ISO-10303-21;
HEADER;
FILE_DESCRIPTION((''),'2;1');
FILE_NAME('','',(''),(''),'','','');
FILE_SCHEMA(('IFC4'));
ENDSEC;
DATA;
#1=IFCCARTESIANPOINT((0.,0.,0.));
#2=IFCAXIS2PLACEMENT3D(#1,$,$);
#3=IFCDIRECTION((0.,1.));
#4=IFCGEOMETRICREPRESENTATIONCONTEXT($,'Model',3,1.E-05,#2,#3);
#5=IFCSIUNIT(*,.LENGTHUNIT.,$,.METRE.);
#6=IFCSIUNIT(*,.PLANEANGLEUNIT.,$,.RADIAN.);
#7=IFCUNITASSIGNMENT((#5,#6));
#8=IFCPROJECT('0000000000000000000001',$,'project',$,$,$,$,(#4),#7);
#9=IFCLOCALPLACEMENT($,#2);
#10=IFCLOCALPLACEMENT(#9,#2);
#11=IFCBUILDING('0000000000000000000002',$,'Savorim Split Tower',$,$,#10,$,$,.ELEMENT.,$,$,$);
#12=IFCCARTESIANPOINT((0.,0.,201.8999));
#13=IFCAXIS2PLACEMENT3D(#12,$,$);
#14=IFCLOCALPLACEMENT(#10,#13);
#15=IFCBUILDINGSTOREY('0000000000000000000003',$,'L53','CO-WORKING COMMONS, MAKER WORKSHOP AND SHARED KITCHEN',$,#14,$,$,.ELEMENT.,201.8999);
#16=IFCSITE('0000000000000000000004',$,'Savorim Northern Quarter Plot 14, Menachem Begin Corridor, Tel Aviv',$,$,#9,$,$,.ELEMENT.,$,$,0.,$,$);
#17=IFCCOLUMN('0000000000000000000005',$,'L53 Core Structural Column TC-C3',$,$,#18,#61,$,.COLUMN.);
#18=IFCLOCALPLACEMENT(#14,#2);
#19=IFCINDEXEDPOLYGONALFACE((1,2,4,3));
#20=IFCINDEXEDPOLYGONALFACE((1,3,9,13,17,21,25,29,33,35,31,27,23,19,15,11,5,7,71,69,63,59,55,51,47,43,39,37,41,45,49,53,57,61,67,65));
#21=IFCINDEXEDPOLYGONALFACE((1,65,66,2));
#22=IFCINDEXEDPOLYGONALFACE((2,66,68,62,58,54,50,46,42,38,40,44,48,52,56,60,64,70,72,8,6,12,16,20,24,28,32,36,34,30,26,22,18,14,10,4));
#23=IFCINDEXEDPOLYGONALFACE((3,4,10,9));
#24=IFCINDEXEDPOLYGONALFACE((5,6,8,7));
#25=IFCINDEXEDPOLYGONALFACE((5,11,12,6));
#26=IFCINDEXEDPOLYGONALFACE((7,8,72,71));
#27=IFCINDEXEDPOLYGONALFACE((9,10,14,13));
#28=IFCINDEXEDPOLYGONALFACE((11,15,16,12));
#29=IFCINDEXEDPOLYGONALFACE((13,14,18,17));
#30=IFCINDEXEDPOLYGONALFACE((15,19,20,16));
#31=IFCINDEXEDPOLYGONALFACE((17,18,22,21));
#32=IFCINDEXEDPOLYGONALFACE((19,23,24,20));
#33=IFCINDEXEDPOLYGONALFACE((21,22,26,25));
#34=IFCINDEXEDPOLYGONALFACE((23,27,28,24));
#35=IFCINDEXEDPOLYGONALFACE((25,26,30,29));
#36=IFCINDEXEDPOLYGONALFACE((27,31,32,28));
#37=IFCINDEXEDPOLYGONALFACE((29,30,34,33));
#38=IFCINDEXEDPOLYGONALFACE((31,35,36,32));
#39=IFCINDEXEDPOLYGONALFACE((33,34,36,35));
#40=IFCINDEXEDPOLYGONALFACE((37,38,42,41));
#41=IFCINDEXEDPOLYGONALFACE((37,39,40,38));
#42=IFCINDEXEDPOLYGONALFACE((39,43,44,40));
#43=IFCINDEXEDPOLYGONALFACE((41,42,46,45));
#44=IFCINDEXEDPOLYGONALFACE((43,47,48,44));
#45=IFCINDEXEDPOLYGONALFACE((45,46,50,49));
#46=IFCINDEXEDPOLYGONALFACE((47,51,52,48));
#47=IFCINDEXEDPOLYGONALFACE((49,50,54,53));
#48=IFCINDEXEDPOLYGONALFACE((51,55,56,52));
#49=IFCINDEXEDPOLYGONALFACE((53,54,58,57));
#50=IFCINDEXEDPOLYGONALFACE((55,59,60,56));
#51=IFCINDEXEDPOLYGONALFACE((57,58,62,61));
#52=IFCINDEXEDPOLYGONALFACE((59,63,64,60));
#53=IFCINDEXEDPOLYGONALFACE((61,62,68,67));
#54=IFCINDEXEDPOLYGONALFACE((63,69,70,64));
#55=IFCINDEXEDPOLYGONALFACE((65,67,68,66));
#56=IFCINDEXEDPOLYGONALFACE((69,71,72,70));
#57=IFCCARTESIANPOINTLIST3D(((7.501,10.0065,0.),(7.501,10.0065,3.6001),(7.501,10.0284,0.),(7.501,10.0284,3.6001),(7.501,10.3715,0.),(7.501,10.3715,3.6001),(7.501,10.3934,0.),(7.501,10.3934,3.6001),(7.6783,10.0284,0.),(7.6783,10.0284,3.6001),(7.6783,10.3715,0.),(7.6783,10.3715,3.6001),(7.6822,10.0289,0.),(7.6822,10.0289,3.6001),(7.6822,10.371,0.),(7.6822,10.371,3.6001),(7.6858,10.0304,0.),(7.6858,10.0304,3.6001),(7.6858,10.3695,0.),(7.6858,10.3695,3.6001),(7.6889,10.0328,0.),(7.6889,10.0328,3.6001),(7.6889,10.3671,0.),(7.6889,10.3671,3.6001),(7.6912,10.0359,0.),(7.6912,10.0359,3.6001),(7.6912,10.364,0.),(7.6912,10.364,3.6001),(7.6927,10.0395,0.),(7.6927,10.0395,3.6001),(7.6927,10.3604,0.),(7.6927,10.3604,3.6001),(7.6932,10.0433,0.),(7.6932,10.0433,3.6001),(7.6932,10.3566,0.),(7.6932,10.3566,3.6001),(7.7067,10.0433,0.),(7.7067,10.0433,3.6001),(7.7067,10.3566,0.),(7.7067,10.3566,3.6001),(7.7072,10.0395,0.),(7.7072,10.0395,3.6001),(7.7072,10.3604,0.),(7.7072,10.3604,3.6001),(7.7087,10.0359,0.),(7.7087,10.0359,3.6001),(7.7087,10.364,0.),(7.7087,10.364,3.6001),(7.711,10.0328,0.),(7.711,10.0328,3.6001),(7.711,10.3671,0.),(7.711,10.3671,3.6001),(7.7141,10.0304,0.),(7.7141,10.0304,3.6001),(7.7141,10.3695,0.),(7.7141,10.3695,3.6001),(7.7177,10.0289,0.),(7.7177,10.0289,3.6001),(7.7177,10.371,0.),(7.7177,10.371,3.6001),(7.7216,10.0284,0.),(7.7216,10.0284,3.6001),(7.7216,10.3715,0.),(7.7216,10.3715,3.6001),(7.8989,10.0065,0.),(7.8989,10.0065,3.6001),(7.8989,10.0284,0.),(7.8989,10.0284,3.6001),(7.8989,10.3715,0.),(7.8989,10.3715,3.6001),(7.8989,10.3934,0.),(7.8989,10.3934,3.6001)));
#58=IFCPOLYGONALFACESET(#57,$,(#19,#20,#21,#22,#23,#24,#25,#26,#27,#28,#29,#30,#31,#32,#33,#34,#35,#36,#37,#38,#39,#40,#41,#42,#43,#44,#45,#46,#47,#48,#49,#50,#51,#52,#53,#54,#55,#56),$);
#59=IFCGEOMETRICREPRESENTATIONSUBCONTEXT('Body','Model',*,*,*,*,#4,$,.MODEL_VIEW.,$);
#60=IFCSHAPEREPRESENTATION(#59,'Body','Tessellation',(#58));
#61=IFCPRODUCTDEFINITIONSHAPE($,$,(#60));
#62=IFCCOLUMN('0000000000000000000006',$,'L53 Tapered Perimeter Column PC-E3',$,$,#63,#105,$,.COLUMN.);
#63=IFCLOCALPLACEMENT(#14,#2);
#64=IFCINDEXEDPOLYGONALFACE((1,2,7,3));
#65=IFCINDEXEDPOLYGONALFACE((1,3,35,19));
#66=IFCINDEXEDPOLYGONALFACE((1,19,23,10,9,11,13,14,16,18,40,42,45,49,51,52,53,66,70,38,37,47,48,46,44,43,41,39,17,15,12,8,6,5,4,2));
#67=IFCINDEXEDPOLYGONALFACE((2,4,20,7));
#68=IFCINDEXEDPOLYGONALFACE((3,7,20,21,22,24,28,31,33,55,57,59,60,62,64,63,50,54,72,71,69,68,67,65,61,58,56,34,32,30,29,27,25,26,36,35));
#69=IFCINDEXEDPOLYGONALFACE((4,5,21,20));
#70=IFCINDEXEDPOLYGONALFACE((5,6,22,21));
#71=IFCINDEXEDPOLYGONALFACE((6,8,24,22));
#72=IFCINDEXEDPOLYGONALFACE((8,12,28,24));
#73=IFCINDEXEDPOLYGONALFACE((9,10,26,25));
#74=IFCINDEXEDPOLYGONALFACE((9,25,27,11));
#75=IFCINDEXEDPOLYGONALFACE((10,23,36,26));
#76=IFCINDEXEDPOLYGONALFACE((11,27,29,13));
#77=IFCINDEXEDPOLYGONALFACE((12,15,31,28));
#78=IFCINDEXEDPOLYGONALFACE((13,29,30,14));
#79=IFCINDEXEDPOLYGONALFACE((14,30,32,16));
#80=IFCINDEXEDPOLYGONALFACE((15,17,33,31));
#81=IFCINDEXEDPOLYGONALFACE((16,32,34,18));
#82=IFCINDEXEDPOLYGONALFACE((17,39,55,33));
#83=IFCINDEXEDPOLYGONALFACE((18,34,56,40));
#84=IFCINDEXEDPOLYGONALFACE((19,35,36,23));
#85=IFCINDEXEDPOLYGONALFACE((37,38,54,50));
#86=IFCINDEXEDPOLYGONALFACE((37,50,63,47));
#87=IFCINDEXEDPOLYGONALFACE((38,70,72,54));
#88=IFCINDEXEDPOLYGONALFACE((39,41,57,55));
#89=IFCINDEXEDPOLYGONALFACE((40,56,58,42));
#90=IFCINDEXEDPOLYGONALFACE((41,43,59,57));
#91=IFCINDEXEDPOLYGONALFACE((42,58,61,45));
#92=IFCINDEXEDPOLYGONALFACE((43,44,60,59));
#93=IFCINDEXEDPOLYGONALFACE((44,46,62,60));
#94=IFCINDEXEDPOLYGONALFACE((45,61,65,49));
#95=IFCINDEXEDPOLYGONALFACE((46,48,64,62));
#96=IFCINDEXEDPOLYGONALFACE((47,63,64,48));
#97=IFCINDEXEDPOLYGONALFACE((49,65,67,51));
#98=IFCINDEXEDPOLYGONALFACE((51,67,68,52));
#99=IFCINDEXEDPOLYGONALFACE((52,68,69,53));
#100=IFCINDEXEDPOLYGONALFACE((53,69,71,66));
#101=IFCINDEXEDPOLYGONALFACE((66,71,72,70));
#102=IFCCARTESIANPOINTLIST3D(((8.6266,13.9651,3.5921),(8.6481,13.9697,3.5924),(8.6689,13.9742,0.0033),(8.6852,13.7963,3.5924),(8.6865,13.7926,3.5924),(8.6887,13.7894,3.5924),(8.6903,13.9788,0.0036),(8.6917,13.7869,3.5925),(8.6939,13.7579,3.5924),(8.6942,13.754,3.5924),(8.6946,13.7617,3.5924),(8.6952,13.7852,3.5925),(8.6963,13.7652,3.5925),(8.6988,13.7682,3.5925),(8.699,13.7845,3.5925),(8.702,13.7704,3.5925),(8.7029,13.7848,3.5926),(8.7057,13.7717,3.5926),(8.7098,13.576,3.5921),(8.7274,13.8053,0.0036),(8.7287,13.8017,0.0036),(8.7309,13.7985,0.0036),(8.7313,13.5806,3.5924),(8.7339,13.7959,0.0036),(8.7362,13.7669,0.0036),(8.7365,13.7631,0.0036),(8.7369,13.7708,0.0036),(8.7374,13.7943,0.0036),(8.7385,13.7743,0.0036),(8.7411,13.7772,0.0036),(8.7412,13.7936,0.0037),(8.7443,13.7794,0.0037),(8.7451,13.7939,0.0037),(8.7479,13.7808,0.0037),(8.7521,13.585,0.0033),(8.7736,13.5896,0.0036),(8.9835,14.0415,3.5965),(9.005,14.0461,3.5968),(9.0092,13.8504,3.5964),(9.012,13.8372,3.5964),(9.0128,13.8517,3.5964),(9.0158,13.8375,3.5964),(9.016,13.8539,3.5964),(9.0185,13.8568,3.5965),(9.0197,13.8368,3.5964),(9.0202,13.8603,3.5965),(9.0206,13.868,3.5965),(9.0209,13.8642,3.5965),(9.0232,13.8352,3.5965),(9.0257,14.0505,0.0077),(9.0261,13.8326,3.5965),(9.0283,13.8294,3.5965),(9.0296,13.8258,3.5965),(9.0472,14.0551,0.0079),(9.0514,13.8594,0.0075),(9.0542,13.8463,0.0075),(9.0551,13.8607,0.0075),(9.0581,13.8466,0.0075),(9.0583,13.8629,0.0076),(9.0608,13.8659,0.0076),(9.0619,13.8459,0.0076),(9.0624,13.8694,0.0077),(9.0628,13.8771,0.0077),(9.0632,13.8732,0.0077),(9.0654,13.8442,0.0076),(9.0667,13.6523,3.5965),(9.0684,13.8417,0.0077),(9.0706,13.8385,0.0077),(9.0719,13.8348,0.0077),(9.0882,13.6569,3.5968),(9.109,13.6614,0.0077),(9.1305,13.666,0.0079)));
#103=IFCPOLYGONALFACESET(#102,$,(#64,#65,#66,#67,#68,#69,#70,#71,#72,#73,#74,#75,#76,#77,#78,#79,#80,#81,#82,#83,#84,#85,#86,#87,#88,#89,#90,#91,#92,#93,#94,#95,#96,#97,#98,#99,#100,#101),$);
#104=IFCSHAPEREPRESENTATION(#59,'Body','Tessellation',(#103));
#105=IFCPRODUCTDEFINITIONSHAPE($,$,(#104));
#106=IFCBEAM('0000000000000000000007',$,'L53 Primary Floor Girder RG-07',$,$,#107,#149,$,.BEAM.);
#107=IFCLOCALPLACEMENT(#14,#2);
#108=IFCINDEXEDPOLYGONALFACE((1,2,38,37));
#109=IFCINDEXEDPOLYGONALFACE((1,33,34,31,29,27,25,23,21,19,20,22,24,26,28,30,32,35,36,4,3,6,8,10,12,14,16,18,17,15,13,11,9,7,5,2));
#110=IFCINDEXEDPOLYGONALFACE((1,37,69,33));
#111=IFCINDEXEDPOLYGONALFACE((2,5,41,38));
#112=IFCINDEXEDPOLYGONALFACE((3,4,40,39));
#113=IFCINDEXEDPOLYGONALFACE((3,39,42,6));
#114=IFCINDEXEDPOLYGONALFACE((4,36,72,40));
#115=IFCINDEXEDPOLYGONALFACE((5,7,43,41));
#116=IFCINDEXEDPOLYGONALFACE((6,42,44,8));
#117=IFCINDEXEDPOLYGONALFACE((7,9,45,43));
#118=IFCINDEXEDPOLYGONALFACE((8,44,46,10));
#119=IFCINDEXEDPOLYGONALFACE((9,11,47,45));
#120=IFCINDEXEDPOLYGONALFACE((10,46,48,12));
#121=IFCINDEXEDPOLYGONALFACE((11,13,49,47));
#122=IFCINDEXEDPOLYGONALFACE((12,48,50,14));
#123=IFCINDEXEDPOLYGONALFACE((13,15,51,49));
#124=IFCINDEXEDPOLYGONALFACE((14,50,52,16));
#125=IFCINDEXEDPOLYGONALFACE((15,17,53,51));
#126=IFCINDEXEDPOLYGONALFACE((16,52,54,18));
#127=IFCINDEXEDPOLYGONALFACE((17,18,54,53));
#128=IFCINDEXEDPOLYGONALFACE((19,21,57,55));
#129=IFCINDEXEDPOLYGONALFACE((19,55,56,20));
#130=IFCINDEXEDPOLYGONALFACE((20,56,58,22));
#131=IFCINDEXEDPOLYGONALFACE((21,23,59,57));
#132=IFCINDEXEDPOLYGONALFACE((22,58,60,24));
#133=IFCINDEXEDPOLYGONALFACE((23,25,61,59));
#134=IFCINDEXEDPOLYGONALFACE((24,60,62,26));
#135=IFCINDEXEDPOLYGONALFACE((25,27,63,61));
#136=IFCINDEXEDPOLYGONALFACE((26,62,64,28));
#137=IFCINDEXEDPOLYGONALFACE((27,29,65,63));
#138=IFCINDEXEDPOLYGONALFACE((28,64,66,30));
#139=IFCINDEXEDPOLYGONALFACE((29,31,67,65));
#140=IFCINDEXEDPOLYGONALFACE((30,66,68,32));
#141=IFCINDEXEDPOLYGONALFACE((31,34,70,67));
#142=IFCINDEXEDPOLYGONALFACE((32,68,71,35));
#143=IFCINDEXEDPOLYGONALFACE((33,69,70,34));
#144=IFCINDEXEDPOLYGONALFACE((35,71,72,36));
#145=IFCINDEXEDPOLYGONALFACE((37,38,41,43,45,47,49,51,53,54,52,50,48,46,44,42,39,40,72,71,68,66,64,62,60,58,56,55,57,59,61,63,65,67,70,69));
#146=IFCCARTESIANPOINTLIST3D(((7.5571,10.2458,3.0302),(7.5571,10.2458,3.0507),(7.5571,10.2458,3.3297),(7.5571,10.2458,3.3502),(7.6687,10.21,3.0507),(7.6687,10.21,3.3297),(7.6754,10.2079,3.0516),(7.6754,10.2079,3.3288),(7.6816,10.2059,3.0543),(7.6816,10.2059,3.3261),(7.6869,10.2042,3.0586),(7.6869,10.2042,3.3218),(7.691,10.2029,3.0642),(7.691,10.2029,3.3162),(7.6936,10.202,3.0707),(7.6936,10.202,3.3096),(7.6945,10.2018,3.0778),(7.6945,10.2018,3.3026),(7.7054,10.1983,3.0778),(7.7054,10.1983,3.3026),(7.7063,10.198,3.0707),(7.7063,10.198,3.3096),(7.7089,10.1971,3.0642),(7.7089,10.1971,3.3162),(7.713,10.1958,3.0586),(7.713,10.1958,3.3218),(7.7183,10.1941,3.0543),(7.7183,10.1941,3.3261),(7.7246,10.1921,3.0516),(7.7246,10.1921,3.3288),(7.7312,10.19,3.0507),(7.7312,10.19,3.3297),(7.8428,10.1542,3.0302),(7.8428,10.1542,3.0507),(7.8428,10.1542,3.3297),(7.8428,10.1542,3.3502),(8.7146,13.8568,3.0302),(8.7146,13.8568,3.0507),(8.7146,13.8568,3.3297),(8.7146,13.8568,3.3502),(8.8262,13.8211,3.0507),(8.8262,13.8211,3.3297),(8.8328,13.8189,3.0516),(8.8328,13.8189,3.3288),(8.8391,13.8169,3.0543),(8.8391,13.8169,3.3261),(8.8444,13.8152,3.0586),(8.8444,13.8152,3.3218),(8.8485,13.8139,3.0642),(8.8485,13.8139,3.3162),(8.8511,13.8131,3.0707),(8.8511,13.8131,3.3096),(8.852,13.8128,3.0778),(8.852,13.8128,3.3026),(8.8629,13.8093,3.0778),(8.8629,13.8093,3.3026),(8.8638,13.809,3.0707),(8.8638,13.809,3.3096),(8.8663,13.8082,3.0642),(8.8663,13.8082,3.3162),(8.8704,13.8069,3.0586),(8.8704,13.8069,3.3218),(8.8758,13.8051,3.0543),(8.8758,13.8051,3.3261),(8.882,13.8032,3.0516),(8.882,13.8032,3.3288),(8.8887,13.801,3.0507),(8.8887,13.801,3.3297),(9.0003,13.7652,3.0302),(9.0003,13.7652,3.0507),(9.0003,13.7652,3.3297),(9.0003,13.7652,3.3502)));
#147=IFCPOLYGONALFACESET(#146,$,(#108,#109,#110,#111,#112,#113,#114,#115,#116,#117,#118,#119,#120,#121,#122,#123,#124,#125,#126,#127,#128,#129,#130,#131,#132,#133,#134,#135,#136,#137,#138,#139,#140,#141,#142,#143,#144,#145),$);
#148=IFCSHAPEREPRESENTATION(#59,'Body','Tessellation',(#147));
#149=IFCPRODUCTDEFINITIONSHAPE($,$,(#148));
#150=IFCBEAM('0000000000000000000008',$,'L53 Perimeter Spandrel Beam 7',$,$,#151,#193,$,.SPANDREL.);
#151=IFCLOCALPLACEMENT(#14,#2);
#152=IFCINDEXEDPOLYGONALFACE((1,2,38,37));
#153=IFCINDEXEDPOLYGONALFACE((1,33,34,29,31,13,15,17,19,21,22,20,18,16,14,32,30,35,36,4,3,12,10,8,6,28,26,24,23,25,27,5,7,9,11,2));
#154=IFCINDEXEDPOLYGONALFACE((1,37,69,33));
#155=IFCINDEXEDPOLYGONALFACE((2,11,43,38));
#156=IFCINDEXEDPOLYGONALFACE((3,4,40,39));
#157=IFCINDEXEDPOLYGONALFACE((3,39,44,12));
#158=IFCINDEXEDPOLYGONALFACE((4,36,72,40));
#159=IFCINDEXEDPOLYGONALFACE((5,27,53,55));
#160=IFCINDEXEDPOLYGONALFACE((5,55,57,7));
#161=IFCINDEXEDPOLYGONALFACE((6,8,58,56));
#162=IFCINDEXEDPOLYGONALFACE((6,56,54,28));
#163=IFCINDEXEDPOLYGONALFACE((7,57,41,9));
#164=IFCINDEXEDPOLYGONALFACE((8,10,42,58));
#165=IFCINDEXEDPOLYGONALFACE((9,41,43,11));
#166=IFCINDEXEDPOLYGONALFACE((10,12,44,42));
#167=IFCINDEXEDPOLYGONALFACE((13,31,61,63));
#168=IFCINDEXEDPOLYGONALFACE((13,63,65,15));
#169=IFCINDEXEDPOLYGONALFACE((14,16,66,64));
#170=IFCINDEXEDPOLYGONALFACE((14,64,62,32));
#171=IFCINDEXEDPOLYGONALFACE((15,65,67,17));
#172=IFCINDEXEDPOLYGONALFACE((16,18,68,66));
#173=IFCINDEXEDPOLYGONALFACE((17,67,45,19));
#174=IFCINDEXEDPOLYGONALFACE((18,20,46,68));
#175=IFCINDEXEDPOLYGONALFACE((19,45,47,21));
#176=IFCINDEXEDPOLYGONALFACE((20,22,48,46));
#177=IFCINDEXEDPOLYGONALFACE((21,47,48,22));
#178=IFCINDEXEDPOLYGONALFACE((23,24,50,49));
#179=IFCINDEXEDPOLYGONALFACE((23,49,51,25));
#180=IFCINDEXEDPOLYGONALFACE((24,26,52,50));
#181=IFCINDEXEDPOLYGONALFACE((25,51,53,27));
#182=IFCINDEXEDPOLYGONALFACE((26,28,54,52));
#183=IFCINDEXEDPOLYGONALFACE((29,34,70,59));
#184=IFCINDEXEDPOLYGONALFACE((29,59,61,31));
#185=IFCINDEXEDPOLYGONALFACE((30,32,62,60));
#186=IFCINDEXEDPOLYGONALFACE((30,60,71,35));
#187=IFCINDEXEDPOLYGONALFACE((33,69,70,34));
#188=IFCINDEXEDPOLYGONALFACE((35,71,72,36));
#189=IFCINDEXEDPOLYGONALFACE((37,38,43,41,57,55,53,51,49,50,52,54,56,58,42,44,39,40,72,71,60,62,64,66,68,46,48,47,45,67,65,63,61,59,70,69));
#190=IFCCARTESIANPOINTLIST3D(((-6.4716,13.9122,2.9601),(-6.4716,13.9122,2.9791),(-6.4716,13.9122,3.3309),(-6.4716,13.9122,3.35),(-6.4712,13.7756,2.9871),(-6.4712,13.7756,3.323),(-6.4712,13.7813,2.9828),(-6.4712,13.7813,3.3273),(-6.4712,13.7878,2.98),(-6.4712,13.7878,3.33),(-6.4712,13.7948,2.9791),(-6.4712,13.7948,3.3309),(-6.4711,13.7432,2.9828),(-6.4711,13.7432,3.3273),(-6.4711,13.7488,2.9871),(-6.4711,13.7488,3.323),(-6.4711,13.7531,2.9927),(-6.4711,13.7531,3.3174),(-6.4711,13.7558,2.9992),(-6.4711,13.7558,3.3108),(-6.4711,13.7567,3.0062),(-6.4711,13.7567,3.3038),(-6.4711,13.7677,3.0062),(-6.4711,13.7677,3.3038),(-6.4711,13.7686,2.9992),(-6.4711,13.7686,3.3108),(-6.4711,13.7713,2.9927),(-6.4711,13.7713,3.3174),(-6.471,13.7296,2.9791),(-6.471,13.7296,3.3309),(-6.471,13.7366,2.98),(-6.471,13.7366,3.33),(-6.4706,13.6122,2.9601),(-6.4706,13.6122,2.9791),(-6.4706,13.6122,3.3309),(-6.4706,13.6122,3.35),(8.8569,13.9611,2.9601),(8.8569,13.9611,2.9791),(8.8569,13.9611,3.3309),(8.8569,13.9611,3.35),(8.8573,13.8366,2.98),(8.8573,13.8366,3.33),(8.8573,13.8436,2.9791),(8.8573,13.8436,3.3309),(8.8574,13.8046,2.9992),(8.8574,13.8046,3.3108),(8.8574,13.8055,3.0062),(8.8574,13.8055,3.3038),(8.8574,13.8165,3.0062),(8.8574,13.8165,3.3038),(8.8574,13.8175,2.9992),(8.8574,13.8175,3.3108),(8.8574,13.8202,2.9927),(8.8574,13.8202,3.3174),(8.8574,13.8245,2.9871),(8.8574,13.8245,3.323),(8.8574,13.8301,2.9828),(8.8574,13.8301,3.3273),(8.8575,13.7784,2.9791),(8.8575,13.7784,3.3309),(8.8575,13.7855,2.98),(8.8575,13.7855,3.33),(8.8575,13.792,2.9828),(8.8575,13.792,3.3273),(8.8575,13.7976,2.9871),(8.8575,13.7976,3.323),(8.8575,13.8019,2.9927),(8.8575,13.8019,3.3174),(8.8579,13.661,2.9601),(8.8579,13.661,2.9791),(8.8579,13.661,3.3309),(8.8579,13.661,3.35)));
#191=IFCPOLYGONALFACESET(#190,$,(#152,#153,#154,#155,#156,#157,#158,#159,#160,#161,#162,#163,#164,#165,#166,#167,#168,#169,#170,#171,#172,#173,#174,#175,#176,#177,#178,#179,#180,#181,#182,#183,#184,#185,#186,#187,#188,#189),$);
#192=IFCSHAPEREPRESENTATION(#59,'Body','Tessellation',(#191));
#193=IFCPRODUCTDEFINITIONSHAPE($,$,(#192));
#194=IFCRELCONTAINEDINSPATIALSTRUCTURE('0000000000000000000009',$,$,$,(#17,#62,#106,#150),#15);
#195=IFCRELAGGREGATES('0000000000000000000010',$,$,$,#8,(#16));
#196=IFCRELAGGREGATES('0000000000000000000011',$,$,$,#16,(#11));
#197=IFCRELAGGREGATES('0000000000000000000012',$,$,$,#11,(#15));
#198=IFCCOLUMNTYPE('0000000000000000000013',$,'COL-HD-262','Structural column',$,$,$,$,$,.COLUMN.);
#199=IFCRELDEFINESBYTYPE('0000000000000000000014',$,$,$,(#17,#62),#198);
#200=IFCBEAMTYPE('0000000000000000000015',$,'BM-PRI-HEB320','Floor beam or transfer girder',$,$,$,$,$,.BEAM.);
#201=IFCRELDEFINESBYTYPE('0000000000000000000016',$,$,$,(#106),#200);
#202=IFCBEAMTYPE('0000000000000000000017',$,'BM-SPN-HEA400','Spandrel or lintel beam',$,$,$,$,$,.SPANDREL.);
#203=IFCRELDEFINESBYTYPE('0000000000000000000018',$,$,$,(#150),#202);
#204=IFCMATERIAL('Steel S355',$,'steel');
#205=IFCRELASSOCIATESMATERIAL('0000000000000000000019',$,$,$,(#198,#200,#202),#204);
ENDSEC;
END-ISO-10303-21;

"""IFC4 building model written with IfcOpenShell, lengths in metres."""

from ifc_helpers import new_model, si_unit, direction, frame, origin, origin_2d, place, context, subcontext, project, spatial, i_section, extrude, material, material_profile, profile_set, type_object, element, save


model = new_model("IFC4")

# Units and contexts
model_context = context("Model", 3, precision=1e-05, world=origin(), true_north=direction((0.0, 1.0)))
body_context = subcontext(model_context, "Body", "Model", "MODEL_VIEW")
ifc_project = project(units=[si_unit("LENGTHUNIT", "METRE"), si_unit("PLANEANGLEUNIT", "RADIAN")], contexts=[model_context])

# Site, building, storey
site_placement = place(None, origin())
site = spatial("IfcSite", under=ifc_project, at=site_placement, Name="Savorim Northern Quarter Plot 14, Menachem Begin Corridor, Tel Aviv", CompositionType="ELEMENT", RefElevation=0.0)
building_placement = place(site_placement, origin())
building = spatial("IfcBuilding", under=site, at=building_placement, Name="Savorim Split Tower", CompositionType="ELEMENT")
storey_placement = place(building_placement, frame((0.0, 0.0, 201.8999)))
storey = spatial("IfcBuildingStorey", under=building, at=storey_placement, Name="L53", Description="CO-WORKING COMMONS, MAKER WORKSHOP AND SHARED KITCHEN", CompositionType="ELEMENT", Elevation=201.8999)

# Columns
ifc_material_1 = material(Name="Steel S355", Category="steel")
ifc_material_profile_1 = material_profile(ifc_material_1, i_section(OverallWidth=0.3979, OverallDepth=0.387, WebThickness=0.0134, FlangeThickness=0.022, FilletRadius=0.0149, at=origin_2d()), Name="HD 400x262")
ifc_profile_set_1 = profile_set([ifc_material_profile_1], Name="Steel S355")
column_type = type_object("IfcColumnType", Name="COL-HD-262", Description="Structural column", PredefinedType="COLUMN", material=ifc_profile_set_1)
column_1_placement = place(storey_placement, frame((7.7, 10.2, 0.0), z_axis=(0.0, 0.0, 1.0), x_axis=(1.0, 0.0, 0.0)))
element("IfcColumn", 1, at=column_1_placement, inside=storey, type_object=column_type, Name="L53 Core Structural Column TC-C3", PredefinedType="COLUMN", context=body_context, shape_type="SweptSolid", body=[
    extrude(i_section(OverallWidth=0.3979, OverallDepth=0.387, WebThickness=0.0134, FlangeThickness=0.022, FilletRadius=0.0149, at=origin_2d()), origin(), (0.0, 0.0, 1.0), 3.6001),
])
column_2_placement = place(storey_placement, frame((8.8997, 13.8201, 0.0056), z_axis=(-0.011768, -0.002517, 0.999928), x_axis=(0.209143, -0.977885, 0.0)))
element("IfcColumn", 2, at=column_2_placement, inside=storey, type_object=column_type, Name="L53 Tapered Perimeter Column PC-E3", PredefinedType="COLUMN", context=body_context, shape_type="SweptSolid", body=[
    extrude(i_section(OverallWidth=0.3979, OverallDepth=0.387, WebThickness=0.0134, FlangeThickness=0.022, FilletRadius=0.0149, at=origin_2d()), origin(), (0.0, 0.0, 1.0), 3.5891),
])

# Beams
ifc_material_profile_2 = material_profile(ifc_material_1, i_section(OverallWidth=0.3, OverallDepth=0.3201, WebThickness=0.0115, FlangeThickness=0.0205, FilletRadius=0.0271, at=origin_2d()), Name="HEB 320")
ifc_profile_set_2 = profile_set([ifc_material_profile_2], Name="Steel S355")
beam_type_1 = type_object("IfcBeamType", Name="BM-PRI-HEB320", Description="Floor beam or transfer girder", PredefinedType="BEAM", material=ifc_profile_set_2)
beam_1_placement = place(storey_placement, frame((8.8574, 13.811, 3.1902), z_axis=(-0.305236, -0.952277, 0.0), x_axis=(0.952277, -0.305236, 0.0)))
element("IfcBeam", 3, at=beam_1_placement, inside=storey, type_object=beam_type_1, Name="L53 Primary Floor Girder RG-07", PredefinedType="BEAM", context=body_context, shape_type="SweptSolid", body=[
    extrude(i_section(OverallWidth=0.3, OverallDepth=0.3201, WebThickness=0.0115, FlangeThickness=0.0205, FilletRadius=0.0271, at=origin_2d()), origin(), (0.0, 0.0, 1.0), 3.792),
])
ifc_material_profile_3 = material_profile(ifc_material_1, i_section(OverallWidth=0.3, OverallDepth=0.3899, WebThickness=0.011, FlangeThickness=0.019, FilletRadius=0.0271, at=origin_2d()), Name="HEA 400")
ifc_profile_set_3 = profile_set([ifc_material_profile_3], Name="Steel S355")
beam_type_2 = type_object("IfcBeamType", Name="BM-SPN-HEA400", Description="Spandrel or lintel beam", PredefinedType="SPANDREL", material=ifc_profile_set_3)
beam_2_placement = place(storey_placement, frame((8.8574, 13.811, 3.155), z_axis=(-0.999995, -0.003185, 0.0), x_axis=(0.003185, -0.999995, 0.0)))
element("IfcBeam", 4, at=beam_2_placement, inside=storey, type_object=beam_type_2, Name="L53 Perimeter Spandrel Beam 7", PredefinedType="SPANDREL", context=body_context, shape_type="SweptSolid", body=[
    extrude(i_section(OverallWidth=0.3, OverallDepth=0.3899, WebThickness=0.011, FlangeThickness=0.019, FilletRadius=0.0271, at=origin_2d()), origin(), (0.0, 0.0, 1.0), 15.3286),
])

save(model, "model.ifc")
